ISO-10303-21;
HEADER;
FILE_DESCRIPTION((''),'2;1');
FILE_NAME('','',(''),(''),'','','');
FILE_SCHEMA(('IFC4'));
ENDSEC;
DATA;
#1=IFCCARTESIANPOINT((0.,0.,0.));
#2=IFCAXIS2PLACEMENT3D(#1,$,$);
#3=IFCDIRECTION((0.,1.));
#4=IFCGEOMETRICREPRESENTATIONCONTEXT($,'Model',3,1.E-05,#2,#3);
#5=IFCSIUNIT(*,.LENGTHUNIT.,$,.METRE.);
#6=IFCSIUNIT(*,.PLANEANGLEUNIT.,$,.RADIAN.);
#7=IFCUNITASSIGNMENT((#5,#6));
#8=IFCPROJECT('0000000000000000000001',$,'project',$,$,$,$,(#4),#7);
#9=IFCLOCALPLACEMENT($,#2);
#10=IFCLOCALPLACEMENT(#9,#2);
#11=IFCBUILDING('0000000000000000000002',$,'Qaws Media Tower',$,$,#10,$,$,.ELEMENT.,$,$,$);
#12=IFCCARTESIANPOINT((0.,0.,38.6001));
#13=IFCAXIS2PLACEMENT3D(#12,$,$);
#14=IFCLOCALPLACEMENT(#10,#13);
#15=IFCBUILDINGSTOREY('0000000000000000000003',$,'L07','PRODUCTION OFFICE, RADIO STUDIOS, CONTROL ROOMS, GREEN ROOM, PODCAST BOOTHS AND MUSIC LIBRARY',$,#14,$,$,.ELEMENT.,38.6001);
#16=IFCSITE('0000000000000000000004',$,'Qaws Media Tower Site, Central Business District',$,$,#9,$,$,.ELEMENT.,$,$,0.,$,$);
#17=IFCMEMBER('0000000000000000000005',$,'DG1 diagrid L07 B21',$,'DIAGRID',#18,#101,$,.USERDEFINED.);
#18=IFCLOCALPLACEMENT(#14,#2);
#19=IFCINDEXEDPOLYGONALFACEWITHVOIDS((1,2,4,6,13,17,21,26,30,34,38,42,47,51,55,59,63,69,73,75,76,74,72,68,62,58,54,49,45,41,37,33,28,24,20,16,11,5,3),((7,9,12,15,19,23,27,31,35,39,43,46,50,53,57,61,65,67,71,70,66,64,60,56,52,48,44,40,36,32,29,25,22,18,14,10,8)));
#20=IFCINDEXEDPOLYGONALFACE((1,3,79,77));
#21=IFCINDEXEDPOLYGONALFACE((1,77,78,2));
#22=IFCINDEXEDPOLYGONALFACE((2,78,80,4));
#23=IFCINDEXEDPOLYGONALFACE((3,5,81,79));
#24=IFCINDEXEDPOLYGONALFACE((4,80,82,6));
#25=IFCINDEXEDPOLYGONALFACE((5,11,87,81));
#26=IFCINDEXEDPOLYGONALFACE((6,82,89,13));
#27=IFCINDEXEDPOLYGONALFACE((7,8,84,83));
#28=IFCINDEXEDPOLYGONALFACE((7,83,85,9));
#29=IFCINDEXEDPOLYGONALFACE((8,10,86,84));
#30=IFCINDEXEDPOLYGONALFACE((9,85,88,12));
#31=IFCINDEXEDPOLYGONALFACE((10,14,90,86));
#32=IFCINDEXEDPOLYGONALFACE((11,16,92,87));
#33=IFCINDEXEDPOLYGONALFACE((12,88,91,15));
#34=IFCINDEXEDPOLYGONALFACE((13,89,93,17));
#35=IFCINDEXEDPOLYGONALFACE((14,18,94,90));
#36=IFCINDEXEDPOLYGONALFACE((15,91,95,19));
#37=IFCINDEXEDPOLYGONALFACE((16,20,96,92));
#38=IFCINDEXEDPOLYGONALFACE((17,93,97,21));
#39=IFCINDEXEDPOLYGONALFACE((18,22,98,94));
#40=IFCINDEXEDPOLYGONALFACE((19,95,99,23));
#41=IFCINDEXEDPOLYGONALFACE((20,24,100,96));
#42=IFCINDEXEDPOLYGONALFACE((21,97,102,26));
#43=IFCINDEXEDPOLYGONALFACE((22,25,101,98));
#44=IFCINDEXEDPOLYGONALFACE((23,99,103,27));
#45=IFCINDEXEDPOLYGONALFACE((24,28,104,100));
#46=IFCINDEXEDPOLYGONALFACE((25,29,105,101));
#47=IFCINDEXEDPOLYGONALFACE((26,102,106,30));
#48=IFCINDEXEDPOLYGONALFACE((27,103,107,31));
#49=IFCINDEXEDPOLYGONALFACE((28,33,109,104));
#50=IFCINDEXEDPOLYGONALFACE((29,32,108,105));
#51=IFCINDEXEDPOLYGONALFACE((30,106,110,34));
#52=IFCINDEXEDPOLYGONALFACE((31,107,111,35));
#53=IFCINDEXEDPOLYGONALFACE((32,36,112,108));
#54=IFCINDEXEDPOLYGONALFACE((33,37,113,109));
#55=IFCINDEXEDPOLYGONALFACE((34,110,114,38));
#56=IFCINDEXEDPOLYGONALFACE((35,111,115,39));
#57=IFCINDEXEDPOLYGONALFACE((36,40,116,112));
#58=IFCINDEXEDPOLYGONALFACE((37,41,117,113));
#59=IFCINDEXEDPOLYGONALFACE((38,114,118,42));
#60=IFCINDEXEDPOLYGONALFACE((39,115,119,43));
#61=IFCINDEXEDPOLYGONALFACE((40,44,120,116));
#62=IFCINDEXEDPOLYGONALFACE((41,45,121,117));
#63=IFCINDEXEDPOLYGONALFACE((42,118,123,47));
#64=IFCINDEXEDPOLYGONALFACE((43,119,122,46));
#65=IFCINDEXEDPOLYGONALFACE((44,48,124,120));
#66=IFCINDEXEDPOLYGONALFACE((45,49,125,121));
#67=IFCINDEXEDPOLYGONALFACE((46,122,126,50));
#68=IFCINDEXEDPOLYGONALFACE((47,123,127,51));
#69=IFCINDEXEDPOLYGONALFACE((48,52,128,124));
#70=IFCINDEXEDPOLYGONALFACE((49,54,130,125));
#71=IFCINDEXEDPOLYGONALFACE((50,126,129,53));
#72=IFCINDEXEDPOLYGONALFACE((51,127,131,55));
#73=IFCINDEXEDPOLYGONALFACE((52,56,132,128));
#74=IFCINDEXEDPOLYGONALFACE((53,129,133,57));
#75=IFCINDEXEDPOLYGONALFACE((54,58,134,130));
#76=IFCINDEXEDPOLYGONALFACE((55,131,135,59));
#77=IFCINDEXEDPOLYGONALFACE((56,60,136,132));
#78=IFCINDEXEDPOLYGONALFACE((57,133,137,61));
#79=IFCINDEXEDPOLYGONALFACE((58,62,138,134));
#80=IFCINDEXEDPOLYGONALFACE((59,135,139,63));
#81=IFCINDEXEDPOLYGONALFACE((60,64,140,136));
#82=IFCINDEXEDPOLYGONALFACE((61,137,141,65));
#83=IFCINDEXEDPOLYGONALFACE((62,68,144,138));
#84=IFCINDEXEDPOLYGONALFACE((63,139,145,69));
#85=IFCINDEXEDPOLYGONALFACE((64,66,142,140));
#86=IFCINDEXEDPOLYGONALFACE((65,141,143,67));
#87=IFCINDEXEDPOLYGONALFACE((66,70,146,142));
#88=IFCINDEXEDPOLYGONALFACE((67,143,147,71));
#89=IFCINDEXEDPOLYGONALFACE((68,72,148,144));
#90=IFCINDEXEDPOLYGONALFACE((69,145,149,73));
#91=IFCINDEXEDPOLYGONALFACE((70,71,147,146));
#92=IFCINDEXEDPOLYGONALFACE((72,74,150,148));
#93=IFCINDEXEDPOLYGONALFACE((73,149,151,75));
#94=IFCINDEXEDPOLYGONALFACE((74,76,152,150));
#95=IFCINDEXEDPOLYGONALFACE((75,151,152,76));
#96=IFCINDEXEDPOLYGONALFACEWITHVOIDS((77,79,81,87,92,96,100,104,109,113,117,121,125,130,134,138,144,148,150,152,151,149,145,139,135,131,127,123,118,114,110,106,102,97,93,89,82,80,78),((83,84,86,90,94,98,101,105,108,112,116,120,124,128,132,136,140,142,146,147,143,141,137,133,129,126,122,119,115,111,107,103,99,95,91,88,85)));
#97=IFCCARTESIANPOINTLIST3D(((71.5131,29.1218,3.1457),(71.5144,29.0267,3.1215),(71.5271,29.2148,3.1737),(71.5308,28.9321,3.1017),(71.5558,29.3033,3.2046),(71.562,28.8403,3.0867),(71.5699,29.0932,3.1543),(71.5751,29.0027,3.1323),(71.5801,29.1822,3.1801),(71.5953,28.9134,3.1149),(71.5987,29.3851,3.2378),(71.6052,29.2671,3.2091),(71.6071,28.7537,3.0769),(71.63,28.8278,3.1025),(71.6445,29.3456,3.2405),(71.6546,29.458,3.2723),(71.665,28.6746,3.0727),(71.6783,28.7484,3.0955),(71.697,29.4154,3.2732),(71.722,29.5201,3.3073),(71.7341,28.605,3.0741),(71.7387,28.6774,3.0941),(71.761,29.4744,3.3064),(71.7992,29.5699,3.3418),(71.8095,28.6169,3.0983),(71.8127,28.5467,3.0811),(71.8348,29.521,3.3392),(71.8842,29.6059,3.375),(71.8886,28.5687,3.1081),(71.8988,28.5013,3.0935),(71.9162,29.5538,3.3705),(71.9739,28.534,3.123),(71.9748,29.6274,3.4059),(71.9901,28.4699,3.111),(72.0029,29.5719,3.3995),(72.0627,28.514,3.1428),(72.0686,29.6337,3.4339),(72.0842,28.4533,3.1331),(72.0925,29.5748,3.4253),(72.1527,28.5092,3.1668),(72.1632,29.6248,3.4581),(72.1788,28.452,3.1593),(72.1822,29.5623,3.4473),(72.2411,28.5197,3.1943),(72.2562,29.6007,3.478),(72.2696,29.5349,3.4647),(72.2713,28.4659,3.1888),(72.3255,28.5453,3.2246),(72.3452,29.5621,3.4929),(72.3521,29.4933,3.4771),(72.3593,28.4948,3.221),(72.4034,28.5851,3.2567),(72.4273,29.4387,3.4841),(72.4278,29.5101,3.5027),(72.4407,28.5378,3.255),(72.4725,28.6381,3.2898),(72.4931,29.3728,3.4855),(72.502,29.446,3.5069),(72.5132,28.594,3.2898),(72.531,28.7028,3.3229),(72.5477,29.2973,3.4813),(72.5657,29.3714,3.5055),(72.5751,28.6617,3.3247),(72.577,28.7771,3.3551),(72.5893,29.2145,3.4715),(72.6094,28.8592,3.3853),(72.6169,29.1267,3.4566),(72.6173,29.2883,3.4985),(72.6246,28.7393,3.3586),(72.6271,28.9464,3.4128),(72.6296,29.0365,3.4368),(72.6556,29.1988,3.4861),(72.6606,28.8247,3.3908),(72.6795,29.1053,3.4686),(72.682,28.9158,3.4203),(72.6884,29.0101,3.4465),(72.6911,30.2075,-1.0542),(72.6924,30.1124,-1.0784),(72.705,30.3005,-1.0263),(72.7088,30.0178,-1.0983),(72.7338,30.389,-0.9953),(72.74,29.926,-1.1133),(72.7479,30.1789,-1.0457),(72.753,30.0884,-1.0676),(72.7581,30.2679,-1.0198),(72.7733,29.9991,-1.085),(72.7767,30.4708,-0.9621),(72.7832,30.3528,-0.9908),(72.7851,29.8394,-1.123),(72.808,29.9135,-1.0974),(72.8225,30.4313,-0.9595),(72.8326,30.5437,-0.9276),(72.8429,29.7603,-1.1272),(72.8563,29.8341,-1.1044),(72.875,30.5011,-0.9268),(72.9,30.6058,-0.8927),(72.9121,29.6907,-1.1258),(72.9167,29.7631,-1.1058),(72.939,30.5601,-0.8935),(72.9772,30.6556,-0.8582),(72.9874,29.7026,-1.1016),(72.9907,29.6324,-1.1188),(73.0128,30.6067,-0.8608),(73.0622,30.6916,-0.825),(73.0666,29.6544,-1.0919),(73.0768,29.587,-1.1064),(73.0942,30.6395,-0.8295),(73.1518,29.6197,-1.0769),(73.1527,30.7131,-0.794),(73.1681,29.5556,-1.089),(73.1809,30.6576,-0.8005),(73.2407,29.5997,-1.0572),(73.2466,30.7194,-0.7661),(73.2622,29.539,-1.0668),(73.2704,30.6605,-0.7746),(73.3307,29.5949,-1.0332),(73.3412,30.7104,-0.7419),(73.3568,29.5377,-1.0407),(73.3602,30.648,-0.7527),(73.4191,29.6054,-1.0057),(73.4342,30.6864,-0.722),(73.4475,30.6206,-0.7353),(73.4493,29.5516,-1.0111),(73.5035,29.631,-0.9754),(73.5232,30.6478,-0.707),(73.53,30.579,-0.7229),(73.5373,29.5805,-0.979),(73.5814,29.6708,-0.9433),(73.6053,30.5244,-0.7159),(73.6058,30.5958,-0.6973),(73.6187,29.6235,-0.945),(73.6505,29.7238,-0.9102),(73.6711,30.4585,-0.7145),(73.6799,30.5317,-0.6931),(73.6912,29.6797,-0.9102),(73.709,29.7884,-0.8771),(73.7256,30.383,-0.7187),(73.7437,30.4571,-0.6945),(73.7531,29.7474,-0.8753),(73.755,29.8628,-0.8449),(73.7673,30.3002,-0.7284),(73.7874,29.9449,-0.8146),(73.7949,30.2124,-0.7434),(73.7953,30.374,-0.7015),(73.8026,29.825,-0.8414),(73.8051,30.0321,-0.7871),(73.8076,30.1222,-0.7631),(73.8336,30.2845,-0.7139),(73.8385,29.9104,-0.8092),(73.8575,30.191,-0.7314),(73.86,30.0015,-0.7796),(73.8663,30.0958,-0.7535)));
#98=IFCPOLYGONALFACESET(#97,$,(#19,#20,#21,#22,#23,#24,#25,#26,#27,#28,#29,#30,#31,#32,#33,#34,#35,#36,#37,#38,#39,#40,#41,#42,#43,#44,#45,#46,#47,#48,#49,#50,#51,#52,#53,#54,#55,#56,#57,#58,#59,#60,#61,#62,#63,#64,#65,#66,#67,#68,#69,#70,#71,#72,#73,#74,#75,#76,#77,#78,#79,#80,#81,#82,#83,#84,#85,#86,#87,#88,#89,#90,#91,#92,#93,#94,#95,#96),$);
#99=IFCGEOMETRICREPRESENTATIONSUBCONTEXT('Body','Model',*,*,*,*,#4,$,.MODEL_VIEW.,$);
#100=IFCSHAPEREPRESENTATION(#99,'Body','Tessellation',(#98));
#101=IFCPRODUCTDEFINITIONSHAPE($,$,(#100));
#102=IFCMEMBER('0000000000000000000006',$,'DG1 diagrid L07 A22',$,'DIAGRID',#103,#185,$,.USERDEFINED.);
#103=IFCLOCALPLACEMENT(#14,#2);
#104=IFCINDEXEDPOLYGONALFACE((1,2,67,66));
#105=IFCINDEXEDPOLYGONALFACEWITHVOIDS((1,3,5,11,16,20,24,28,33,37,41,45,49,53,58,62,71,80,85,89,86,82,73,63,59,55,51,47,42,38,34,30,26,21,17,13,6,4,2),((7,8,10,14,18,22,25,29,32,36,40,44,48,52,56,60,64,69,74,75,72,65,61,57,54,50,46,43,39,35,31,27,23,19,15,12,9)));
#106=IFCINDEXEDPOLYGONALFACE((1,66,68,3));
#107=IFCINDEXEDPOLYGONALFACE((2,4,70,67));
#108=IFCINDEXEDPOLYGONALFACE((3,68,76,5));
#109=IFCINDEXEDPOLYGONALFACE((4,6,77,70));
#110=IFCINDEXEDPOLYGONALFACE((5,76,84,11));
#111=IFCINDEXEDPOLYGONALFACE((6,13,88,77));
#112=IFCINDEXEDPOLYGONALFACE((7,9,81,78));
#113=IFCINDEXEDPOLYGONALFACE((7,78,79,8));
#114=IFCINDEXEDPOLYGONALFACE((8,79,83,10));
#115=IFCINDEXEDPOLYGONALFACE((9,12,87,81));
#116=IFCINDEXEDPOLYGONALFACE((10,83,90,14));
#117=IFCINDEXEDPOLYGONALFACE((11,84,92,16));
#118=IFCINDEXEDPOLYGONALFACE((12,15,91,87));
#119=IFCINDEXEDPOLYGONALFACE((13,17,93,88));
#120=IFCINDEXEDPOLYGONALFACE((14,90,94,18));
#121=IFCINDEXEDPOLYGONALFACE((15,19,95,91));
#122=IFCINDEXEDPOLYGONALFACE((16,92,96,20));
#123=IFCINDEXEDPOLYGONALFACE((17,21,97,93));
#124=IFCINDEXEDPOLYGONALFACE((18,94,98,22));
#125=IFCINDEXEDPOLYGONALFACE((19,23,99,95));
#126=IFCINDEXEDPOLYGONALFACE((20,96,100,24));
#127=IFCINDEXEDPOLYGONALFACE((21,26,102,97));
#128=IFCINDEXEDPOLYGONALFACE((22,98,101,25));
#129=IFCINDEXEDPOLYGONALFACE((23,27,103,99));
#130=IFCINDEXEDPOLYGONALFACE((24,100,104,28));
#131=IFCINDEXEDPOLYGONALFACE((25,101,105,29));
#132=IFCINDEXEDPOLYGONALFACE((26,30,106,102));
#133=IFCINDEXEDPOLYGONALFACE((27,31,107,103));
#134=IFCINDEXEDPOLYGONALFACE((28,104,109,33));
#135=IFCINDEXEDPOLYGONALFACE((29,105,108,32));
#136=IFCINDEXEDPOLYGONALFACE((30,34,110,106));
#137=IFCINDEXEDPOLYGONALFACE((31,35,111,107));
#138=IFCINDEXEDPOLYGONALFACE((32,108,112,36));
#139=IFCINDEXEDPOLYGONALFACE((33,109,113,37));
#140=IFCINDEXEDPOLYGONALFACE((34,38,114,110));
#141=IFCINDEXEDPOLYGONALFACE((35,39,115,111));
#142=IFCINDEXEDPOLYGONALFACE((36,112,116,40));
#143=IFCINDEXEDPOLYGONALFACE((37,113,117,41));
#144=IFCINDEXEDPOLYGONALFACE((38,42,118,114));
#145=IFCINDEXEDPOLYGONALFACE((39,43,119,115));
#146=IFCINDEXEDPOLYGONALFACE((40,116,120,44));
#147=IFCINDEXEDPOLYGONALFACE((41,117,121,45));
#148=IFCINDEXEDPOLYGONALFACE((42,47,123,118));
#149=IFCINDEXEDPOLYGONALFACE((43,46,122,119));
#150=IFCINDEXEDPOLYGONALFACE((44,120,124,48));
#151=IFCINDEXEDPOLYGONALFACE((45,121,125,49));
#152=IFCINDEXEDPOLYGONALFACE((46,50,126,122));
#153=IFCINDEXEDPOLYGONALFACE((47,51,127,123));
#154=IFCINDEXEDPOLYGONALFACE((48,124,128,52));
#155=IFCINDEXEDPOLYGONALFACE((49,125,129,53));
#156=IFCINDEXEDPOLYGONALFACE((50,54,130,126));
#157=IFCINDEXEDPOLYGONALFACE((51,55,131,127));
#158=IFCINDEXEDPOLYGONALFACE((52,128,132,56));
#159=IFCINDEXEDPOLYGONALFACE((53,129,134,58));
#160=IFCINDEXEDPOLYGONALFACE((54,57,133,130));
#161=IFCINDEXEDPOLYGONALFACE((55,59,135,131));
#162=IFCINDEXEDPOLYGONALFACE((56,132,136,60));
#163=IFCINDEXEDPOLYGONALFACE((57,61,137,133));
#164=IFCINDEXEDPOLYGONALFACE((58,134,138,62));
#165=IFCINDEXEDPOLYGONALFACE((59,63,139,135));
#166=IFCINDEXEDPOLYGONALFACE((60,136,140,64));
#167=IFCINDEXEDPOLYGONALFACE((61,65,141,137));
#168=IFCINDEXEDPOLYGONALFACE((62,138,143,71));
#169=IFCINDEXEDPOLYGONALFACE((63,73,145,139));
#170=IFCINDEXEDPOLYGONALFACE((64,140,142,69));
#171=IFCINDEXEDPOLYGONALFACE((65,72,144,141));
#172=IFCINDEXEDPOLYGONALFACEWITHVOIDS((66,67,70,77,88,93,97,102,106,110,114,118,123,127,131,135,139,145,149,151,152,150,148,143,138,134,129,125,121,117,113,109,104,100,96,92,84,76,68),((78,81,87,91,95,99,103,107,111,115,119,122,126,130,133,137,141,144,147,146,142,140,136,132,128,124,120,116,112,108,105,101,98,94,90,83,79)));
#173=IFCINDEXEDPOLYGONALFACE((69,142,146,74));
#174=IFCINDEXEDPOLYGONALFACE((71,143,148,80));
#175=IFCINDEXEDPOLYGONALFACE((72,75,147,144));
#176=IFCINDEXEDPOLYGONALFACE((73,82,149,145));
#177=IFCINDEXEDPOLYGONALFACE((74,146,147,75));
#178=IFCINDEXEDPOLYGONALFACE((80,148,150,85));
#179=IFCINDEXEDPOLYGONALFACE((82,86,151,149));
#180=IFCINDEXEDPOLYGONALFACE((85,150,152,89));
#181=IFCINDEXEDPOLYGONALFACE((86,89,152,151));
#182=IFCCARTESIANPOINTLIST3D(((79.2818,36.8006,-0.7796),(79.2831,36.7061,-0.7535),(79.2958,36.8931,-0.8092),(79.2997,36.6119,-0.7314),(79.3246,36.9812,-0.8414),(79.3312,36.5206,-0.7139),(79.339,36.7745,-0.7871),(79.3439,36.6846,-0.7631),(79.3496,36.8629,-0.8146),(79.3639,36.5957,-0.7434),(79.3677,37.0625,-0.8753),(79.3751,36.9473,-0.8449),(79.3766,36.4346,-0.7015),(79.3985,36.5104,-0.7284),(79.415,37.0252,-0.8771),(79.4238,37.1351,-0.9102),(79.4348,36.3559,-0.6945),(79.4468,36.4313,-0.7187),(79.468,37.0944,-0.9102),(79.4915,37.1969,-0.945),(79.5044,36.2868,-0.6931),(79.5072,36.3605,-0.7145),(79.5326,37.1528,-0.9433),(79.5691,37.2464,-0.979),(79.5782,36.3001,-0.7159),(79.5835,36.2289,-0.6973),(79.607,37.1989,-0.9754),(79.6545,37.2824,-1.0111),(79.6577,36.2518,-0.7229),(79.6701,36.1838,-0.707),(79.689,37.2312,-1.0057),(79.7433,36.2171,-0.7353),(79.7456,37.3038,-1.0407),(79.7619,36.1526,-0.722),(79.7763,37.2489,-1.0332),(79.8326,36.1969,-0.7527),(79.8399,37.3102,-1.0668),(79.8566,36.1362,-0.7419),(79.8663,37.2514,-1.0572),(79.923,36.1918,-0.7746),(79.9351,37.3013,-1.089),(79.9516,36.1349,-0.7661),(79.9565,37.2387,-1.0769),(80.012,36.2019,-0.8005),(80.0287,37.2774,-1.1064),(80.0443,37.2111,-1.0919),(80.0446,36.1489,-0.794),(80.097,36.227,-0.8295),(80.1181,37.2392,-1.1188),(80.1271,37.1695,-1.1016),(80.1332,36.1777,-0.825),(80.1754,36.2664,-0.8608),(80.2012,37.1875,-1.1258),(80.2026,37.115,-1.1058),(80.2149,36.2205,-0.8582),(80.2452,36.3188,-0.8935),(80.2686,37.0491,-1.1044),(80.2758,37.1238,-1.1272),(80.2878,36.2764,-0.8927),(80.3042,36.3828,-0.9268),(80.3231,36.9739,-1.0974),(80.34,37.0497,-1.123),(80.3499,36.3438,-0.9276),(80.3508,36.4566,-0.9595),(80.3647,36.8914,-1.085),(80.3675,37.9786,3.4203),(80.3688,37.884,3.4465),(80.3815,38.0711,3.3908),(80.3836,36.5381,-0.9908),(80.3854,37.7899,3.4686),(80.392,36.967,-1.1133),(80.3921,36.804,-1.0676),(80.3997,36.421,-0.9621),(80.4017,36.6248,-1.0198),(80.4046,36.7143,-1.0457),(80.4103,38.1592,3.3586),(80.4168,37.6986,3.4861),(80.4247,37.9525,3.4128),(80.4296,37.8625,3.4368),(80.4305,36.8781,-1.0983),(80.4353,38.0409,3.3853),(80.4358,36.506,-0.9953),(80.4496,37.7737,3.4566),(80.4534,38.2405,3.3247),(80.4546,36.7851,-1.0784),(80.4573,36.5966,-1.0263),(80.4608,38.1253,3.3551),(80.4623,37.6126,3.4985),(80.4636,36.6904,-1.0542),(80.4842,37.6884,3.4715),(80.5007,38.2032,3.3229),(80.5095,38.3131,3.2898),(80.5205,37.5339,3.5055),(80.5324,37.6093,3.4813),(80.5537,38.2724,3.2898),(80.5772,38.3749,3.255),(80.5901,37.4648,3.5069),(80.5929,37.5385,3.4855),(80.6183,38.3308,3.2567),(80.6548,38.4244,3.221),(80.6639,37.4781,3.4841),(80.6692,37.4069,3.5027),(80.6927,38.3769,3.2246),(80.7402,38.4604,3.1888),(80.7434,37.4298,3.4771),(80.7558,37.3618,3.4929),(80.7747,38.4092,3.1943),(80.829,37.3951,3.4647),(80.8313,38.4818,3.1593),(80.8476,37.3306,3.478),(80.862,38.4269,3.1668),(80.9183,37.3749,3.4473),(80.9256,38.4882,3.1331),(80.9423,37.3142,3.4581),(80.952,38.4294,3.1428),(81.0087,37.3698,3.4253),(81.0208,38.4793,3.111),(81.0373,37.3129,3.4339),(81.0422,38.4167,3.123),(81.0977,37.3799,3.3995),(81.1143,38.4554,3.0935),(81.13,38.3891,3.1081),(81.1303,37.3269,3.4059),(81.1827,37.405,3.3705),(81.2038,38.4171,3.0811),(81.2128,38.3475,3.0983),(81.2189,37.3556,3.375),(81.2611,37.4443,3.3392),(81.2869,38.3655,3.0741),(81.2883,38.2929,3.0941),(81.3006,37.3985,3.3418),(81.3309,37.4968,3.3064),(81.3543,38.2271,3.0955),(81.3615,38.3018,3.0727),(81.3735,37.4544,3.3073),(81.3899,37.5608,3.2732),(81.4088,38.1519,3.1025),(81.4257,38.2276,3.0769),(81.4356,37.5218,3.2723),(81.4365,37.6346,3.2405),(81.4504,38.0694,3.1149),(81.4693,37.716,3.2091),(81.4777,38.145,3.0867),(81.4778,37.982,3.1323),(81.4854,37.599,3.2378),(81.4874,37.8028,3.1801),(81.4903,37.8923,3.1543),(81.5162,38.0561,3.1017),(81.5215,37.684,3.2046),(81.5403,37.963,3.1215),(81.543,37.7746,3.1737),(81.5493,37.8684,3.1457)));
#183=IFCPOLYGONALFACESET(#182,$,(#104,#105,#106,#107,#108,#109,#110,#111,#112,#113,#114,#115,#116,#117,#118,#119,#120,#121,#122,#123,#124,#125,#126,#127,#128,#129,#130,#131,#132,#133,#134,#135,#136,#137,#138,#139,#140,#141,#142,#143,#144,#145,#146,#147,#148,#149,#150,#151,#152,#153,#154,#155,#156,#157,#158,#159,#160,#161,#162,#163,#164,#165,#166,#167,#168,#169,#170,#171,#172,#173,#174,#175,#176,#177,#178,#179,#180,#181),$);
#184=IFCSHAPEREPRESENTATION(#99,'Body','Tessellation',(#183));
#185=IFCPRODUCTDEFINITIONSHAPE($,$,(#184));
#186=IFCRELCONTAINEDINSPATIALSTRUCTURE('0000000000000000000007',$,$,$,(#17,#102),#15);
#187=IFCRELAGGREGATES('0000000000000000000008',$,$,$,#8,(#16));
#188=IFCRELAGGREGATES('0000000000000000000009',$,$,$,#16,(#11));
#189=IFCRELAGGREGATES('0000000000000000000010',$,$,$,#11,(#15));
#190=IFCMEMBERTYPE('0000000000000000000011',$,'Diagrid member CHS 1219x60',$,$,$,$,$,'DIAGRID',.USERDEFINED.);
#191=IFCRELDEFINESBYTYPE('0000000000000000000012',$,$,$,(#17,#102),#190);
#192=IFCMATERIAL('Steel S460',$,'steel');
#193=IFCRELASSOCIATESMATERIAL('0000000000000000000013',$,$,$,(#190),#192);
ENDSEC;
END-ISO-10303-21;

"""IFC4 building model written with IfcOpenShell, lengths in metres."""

from ifc_helpers import new_model, si_unit, direction, frame, origin, origin_2d, place, context, subcontext, project, spatial, hollow_circle, extrude, material, material_profile, profile_set, type_object, element, save


model = new_model("IFC4")

# Units and contexts
model_context = context("Model", 3, precision=1e-05, world=origin(), true_north=direction((0.0, 1.0)))
body_context = subcontext(model_context, "Body", "Model", "MODEL_VIEW")
ifc_project = project(units=[si_unit("LENGTHUNIT", "METRE"), si_unit("PLANEANGLEUNIT", "RADIAN")], contexts=[model_context])

# Site, building, storey
site_placement = place(None, origin())
site = spatial("IfcSite", under=ifc_project, at=site_placement, Name="Qaws Media Tower Site, Central Business District", CompositionType="ELEMENT", RefElevation=0.0)
building_placement = place(site_placement, origin())
building = spatial("IfcBuilding", under=site, at=building_placement, Name="Qaws Media Tower", CompositionType="ELEMENT")
storey_placement = place(building_placement, frame((0.0, 0.0, 38.6001)))
storey = spatial("IfcBuildingStorey", under=building, at=storey_placement, Name="L07", Description="PRODUCTION OFFICE, RADIO STUDIOS, CONTROL ROOMS, GREEN ROOM, PODCAST BOOTHS AND MUSIC LIBRARY", CompositionType="ELEMENT", Elevation=38.6001)

# Members
ifc_material_1 = material(Name="Steel S460", Category="steel")
ifc_material_profile_1 = material_profile(ifc_material_1, hollow_circle(Radius=0.6096, WallThickness=0.0601, at=origin_2d()), Name="CHS 1219x60")
ifc_profile_set_1 = profile_set([ifc_material_profile_1], Name="Steel S460")
member_type_1 = type_object("IfcMemberType", Name="Diagrid member CHS 1219x60", ElementType="DIAGRID", PredefinedType="USERDEFINED", material=ifc_profile_set_1)
for number, where, z_axis, x_axis, name in (
    (1, (73.2781, 30.1279, -0.9102), (-0.262058, -0.241528, 0.934339), (0.677717, -0.735323, 0.0), "DG1 diagrid L07 B21"),
    (2, (79.8721, 36.7219, -0.9102), (0.241528, 0.262058, 0.934339), (-0.735323, 0.677717, 0.0), "DG1 diagrid L07 A22"),
):
    element("IfcMember", number, at=place(storey_placement, frame(where, z_axis=z_axis, x_axis=x_axis)), inside=storey, type_object=member_type_1, Name=name, ObjectType="DIAGRID", PredefinedType="USERDEFINED", context=body_context, shape_type="SweptSolid", body=[
        extrude(hollow_circle(Radius=0.6096, WallThickness=0.0601, at=origin_2d()), origin(), (0.0, 0.0, 1.0), 4.4951),
    ])

save(model, "model.ifc")
